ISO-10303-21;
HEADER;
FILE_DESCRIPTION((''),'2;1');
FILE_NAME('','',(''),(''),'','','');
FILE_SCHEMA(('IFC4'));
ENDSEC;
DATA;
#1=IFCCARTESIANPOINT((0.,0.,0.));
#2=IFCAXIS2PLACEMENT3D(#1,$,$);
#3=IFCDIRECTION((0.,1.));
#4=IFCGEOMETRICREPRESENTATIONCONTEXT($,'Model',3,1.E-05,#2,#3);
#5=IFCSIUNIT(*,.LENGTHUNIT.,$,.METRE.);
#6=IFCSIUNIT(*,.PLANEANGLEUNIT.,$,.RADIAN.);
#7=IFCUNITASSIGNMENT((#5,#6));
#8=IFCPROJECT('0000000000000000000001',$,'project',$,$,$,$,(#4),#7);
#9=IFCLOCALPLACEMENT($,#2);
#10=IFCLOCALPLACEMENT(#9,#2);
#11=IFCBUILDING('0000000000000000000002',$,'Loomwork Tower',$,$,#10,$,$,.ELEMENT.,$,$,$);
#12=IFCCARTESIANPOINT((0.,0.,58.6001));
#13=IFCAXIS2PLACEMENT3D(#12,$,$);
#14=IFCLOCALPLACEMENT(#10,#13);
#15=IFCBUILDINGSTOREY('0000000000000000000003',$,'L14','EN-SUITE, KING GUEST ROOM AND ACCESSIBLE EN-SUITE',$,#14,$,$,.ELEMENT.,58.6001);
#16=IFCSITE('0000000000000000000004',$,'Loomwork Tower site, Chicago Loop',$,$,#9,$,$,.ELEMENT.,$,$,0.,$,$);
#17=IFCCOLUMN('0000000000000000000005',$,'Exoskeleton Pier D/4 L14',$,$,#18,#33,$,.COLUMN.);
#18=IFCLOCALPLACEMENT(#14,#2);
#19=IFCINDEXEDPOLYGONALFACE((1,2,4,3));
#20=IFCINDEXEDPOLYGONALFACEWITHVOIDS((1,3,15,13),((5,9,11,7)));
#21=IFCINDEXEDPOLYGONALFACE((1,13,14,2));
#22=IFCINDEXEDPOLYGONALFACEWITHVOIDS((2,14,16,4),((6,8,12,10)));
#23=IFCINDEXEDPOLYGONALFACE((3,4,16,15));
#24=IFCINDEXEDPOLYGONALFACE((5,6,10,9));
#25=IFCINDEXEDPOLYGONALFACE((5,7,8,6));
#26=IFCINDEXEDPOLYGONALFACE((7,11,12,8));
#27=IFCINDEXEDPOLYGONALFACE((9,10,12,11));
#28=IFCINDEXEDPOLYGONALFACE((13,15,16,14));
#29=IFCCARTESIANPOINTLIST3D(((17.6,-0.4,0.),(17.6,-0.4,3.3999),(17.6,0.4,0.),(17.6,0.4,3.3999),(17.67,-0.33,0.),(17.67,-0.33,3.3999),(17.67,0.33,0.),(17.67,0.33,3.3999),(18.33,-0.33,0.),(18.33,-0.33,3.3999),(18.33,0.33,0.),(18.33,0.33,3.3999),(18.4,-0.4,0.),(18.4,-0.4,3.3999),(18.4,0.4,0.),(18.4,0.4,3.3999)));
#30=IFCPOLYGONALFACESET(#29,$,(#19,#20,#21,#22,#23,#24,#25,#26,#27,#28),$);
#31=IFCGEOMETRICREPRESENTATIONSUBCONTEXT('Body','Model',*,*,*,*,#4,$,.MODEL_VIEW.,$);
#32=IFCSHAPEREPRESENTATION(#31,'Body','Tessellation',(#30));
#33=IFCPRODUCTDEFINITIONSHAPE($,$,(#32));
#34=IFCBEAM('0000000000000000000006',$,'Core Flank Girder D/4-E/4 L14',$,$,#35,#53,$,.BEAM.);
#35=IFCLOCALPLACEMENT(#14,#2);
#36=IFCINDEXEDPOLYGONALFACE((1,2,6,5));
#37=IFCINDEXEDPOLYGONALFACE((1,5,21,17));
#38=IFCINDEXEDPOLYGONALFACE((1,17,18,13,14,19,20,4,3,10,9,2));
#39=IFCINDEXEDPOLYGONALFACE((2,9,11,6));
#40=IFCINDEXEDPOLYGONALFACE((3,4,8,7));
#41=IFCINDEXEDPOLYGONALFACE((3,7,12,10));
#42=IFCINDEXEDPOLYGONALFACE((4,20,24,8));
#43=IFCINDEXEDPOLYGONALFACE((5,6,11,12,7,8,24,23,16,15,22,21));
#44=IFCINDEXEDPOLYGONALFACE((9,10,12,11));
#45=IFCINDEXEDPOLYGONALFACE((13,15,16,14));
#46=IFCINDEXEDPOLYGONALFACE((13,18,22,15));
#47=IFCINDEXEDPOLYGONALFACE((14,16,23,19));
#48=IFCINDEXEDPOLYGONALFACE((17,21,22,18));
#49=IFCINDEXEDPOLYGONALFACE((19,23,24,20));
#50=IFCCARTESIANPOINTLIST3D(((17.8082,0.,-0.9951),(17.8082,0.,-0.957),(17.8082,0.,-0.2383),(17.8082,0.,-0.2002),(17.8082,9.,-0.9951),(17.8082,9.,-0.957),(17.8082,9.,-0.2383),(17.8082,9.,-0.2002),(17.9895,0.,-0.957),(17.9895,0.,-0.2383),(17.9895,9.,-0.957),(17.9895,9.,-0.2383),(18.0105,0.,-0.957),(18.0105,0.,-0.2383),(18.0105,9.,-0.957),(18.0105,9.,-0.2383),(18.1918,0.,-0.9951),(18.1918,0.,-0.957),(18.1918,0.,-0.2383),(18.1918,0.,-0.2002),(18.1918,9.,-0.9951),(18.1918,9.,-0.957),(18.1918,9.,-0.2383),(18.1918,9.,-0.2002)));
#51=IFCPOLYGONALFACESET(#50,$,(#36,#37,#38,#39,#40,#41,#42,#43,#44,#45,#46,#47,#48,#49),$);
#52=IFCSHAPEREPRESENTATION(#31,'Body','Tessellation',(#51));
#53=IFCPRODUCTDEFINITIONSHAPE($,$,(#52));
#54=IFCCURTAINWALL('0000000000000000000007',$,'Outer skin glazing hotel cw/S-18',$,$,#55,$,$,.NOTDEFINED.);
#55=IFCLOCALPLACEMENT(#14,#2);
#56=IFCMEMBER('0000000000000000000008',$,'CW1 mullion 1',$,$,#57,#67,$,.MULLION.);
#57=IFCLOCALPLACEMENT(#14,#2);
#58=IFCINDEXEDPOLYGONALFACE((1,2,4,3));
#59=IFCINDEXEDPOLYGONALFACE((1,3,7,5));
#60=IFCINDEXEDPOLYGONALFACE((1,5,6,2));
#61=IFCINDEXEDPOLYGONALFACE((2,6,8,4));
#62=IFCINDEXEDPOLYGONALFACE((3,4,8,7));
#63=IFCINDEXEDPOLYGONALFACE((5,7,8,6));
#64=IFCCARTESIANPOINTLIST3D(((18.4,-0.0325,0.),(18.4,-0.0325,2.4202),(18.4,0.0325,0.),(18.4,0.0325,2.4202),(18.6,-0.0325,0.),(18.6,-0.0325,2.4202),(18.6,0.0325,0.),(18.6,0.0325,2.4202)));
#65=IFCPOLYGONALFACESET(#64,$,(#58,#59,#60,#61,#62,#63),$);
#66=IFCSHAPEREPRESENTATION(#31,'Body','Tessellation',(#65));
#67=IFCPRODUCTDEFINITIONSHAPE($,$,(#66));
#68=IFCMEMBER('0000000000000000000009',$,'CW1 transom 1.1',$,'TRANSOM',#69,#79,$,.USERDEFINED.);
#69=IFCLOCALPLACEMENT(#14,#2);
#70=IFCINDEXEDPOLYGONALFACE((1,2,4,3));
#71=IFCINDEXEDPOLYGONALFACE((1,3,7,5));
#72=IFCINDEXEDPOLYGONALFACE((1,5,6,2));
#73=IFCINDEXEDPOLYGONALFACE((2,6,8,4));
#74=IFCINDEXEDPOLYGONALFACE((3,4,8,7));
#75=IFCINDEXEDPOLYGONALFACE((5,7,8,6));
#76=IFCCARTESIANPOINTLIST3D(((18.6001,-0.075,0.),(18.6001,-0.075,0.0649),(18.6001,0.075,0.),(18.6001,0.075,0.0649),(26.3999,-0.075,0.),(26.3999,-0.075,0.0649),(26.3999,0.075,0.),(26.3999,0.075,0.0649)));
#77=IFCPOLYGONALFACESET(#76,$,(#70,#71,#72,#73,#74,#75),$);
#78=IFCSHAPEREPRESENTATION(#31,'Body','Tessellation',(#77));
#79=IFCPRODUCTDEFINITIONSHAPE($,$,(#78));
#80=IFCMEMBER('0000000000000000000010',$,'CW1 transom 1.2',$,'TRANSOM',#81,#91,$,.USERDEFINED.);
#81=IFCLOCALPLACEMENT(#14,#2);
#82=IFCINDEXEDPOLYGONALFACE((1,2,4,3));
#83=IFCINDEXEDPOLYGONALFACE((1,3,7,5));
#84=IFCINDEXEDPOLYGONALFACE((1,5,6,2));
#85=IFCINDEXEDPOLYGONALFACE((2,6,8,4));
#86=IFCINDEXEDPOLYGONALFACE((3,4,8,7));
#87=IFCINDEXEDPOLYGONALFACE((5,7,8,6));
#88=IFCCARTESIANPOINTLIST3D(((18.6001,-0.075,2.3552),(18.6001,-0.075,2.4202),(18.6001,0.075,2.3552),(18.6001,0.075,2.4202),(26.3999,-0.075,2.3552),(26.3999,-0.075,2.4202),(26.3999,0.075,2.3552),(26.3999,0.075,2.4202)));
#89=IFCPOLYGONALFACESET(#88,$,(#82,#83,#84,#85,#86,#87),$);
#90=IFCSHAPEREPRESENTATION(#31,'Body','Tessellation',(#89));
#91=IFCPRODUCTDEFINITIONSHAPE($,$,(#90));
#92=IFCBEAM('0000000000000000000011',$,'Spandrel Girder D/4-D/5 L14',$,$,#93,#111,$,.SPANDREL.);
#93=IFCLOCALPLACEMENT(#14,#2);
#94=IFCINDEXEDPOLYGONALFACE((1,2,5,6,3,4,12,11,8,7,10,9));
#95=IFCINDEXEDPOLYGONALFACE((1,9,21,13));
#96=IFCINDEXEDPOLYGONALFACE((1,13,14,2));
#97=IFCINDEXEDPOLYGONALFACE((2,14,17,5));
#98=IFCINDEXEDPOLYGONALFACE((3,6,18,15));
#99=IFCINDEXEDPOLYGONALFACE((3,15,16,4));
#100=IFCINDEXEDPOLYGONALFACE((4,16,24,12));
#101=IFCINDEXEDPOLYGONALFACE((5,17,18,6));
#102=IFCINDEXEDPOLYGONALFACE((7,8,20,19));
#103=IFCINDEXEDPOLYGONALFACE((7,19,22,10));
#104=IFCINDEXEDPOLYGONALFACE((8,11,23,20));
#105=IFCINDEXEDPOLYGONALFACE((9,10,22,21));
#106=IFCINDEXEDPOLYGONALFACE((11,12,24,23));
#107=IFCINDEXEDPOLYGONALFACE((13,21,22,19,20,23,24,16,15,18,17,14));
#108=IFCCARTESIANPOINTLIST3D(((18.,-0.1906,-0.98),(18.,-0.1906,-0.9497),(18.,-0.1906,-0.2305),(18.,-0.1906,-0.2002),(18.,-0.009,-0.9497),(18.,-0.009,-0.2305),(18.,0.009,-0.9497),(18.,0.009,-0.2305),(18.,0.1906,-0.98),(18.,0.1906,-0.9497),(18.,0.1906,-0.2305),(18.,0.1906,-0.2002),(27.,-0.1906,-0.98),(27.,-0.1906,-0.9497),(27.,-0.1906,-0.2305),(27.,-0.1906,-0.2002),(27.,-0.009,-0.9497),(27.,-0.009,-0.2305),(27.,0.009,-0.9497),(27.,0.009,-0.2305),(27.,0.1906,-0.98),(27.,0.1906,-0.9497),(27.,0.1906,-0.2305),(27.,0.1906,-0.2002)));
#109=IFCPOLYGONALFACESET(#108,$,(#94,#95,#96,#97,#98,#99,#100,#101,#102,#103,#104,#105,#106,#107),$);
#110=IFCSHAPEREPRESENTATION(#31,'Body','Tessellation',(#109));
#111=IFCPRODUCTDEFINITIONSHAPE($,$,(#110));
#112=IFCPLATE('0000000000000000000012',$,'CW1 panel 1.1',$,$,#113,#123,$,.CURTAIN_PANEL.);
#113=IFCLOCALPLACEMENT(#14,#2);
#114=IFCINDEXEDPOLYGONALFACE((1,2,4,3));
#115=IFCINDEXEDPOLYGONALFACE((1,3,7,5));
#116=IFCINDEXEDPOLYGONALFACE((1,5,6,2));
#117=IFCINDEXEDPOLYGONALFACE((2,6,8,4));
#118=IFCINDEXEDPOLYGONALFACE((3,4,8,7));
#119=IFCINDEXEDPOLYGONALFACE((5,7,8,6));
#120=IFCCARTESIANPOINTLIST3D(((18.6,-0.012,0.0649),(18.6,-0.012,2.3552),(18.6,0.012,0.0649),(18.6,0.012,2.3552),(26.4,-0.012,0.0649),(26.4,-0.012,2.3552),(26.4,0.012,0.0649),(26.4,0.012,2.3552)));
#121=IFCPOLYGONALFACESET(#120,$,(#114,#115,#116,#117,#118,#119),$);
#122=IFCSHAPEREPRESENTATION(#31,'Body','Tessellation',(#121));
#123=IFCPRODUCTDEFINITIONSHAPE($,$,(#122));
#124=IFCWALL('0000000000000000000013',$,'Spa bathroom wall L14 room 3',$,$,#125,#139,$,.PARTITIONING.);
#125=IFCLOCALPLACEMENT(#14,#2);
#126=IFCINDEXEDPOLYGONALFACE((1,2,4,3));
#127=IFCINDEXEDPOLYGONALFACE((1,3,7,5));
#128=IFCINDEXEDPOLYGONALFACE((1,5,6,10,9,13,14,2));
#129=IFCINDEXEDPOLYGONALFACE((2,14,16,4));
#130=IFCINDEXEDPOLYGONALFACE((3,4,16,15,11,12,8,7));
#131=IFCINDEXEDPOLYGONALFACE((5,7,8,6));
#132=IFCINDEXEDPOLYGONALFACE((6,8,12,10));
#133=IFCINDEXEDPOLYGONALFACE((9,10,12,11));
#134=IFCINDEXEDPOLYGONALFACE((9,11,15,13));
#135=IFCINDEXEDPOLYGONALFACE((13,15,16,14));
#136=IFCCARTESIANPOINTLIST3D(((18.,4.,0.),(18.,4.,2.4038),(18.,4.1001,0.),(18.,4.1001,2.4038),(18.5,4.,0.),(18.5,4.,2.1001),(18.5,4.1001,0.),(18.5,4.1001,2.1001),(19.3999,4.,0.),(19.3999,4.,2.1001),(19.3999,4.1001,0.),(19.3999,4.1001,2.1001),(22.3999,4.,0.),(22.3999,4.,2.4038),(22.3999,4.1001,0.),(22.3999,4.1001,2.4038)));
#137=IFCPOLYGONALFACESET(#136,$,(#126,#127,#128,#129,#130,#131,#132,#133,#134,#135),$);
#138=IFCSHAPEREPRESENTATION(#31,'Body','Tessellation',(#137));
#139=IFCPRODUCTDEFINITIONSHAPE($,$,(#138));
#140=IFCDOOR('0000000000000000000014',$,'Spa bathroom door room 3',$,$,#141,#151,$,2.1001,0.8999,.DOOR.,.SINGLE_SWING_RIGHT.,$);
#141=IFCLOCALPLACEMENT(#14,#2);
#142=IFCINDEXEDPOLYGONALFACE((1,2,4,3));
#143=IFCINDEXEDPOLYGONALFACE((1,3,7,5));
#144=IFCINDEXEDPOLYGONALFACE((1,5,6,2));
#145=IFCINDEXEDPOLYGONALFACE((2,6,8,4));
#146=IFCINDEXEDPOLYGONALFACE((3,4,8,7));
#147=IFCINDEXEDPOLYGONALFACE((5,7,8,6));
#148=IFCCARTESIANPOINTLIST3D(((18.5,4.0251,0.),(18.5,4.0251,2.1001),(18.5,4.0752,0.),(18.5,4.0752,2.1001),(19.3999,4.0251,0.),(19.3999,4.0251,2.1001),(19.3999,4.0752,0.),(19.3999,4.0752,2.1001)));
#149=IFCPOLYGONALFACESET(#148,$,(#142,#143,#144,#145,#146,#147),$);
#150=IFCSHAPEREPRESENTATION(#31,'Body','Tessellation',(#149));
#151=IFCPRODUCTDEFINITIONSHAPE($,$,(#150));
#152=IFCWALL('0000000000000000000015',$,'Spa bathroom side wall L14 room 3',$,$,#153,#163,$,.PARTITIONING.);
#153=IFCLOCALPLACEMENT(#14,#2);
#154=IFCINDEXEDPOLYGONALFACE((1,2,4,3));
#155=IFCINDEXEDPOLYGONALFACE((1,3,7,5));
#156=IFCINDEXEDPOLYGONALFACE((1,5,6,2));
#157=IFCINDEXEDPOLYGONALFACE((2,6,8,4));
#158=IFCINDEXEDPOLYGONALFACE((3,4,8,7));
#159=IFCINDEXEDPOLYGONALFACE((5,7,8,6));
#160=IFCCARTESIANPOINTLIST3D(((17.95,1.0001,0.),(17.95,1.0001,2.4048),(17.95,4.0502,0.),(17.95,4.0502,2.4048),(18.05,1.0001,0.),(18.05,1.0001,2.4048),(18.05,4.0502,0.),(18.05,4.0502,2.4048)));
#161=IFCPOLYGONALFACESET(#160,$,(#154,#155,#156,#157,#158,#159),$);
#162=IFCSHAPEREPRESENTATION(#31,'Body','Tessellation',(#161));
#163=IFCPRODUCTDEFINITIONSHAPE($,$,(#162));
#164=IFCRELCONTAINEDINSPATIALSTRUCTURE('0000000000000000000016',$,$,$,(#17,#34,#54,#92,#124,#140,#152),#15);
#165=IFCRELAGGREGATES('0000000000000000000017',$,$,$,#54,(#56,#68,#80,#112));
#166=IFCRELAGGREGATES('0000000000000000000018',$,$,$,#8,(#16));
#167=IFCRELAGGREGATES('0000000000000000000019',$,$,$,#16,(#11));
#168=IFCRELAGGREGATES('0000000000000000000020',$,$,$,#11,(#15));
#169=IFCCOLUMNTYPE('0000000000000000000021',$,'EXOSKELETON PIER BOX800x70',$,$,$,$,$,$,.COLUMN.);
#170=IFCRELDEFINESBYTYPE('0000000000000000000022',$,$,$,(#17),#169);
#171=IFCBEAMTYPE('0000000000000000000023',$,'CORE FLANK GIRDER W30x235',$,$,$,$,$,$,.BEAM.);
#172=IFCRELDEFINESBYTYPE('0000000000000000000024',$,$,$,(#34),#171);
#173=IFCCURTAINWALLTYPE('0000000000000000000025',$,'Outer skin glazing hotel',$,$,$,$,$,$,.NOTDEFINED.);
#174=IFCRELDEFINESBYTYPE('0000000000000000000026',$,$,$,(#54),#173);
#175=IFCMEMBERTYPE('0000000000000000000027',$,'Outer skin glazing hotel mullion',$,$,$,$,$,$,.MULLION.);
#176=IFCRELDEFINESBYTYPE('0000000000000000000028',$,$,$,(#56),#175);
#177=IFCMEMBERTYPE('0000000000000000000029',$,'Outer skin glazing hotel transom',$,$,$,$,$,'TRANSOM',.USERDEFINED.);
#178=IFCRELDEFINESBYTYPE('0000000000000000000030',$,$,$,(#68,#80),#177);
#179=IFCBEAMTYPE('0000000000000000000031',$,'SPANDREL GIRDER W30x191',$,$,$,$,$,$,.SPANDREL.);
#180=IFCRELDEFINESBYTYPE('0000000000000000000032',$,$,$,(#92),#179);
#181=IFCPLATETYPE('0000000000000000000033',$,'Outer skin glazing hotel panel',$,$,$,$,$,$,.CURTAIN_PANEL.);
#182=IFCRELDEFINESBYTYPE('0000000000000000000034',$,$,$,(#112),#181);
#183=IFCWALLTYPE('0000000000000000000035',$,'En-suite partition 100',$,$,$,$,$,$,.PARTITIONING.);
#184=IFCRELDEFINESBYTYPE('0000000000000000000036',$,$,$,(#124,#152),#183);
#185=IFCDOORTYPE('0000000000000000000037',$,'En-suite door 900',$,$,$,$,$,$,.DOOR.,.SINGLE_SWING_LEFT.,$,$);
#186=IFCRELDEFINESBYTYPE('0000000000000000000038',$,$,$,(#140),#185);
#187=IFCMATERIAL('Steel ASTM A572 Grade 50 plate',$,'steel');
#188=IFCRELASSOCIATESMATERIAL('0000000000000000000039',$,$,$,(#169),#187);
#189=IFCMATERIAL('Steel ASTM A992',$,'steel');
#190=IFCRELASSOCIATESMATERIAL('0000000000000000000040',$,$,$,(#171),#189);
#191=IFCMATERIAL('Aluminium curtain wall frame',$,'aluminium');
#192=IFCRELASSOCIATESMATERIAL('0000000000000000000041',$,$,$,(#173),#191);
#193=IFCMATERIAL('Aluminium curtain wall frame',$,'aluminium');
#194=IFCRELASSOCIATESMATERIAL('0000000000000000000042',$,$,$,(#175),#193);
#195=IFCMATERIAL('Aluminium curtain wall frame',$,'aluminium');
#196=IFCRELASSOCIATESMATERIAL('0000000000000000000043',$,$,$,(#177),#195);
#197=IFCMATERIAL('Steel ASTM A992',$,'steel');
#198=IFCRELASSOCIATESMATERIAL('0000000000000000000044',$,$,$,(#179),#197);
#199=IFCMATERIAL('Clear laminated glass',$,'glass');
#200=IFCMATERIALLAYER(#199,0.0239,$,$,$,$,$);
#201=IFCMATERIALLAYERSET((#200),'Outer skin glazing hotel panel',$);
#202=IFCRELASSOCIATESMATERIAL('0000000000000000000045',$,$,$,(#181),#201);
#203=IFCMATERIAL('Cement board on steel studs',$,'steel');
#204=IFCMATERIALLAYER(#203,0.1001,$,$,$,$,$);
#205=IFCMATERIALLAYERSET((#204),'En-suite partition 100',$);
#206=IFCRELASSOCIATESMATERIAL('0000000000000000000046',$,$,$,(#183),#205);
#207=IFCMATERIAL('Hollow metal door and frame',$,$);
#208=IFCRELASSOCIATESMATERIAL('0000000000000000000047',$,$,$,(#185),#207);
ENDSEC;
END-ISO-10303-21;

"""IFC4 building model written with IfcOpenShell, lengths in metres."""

from ifc_helpers import new_model, si_unit, direction, frame, frame_2d, origin, origin_2d, place, context, subcontext, project, spatial, rectangle, hollow_rectangle, i_section, extrude, material, layer, layer_set, material_profile, profile_set, type_object, element, fill, aggregate, save


model = new_model("IFC4")

# Units and contexts
model_context = context("Model", 3, precision=1e-05, world=origin(), true_north=direction((0.0, 1.0)))
body_context = subcontext(model_context, "Body", "Model", "MODEL_VIEW")
ifc_project = project(units=[si_unit("LENGTHUNIT", "METRE"), si_unit("PLANEANGLEUNIT", "RADIAN")], contexts=[model_context])

# Site, building, storey
site_placement = place(None, origin())
site = spatial("IfcSite", under=ifc_project, at=site_placement, Name="Loomwork Tower site, Chicago Loop", CompositionType="ELEMENT", RefElevation=0.0)
building_placement = place(site_placement, origin())
building = spatial("IfcBuilding", under=site, at=building_placement, Name="Loomwork Tower", CompositionType="ELEMENT")
storey_placement = place(building_placement, frame((0.0, 0.0, 58.6001)))
storey = spatial("IfcBuildingStorey", under=building, at=storey_placement, Name="L14", Description="EN-SUITE, KING GUEST ROOM AND ACCESSIBLE EN-SUITE", CompositionType="ELEMENT", Elevation=58.6001)

# Column
ifc_material_1 = material(Name="Steel ASTM A572 Grade 50 plate", Category="steel")
ifc_material_profile_1 = material_profile(ifc_material_1, hollow_rectangle(XDim=0.8, YDim=0.8, WallThickness=0.0701, at=origin_2d()), Name="BOX800x70")
ifc_profile_set_1 = profile_set([ifc_material_profile_1], Name="Steel ASTM A572 Grade 50 plate")
column_type = type_object("IfcColumnType", Name="EXOSKELETON PIER BOX800x70", PredefinedType="COLUMN", material=ifc_profile_set_1)
column_placement = place(storey_placement, frame((18.0, 0.0, 0.0), z_axis=(0.0, 0.0, 1.0), x_axis=(1.0, 0.0, 0.0)))
element("IfcColumn", 1, at=column_placement, inside=storey, type_object=column_type, Name="Exoskeleton Pier D/4 L14", PredefinedType="COLUMN", context=body_context, shape_type="SweptSolid", body=[
    extrude(hollow_rectangle(XDim=0.8, YDim=0.8, WallThickness=0.0701, at=origin_2d()), origin(), (0.0, 0.0, 1.0), 3.3999),
])

# Beam
ifc_material_2 = material(Name="Steel ASTM A992", Category="steel")
ifc_material_profile_2 = material_profile(ifc_material_2, i_section(OverallWidth=0.3835, OverallDepth=0.7949, WebThickness=0.021, FlangeThickness=0.0381, at=origin_2d()), Name="W30x235")
ifc_profile_set_2 = profile_set([ifc_material_profile_2], Name="Steel ASTM A992")
beam_type_1 = type_object("IfcBeamType", Name="CORE FLANK GIRDER W30x235", PredefinedType="BEAM", material=ifc_profile_set_2)
beam_1_placement = place(storey_placement, frame((18.0, 0.0, -0.5977), z_axis=(0.0, 1.0, 0.0), x_axis=(-1.0, 0.0, 0.0)))
element("IfcBeam", 2, at=beam_1_placement, inside=storey, type_object=beam_type_1, Name="Core Flank Girder D/4-E/4 L14", PredefinedType="BEAM", context=body_context, shape_type="SweptSolid", body=[
    extrude(i_section(OverallWidth=0.3835, OverallDepth=0.7949, WebThickness=0.021, FlangeThickness=0.0381, at=origin_2d()), origin(), (0.0, 0.0, 1.0), 9.0),
])

# Curtain wall, members
ifc_material_3 = material(Name="Aluminium curtain wall frame", Category="aluminium")
curtain_wall_type = type_object("IfcCurtainWallType", Name="Outer skin glazing hotel", PredefinedType="NOTDEFINED", material=ifc_material_3)
curtain_wall_placement = place(storey_placement, origin())
curtain_wall = element("IfcCurtainWall", 3, at=curtain_wall_placement, inside=storey, type_object=curtain_wall_type, Name="Outer skin glazing hotel cw/S-18", PredefinedType="NOTDEFINED")
ifc_material_4 = material(Name="Aluminium curtain wall frame", Category="aluminium")
ifc_material_profile_3 = material_profile(ifc_material_4, rectangle(XDim=0.0649, YDim=0.2, at=origin_2d()), Name="AL 65x200")
ifc_profile_set_3 = profile_set([ifc_material_profile_3], Name="Aluminium curtain wall frame")
member_type_1 = type_object("IfcMemberType", Name="Outer skin glazing hotel mullion", PredefinedType="MULLION", material=ifc_profile_set_3)
member_1_placement = place(storey_placement, frame((18.5, 0.0, 0.0), z_axis=(0.0, 0.0, 1.0), x_axis=(0.0, 1.0, 0.0)))
member_1 = element("IfcMember", 4, at=member_1_placement, type_object=member_type_1, Name="CW1 mullion 1", PredefinedType="MULLION", context=body_context, shape_type="SweptSolid", body=[
    extrude(rectangle(XDim=0.0649, YDim=0.2, at=origin_2d()), origin(), (0.0, 0.0, 1.0), 2.4202),
])
ifc_material_5 = material(Name="Aluminium curtain wall frame", Category="aluminium")
ifc_material_profile_4 = material_profile(ifc_material_5, rectangle(XDim=0.1499, YDim=0.0649, at=origin_2d()), Name="AL 65x150")
ifc_profile_set_4 = profile_set([ifc_material_profile_4], Name="Aluminium curtain wall frame")
member_type_2 = type_object("IfcMemberType", Name="Outer skin glazing hotel transom", ElementType="TRANSOM", PredefinedType="USERDEFINED", material=ifc_profile_set_4)
member_2_placement = place(storey_placement, frame((18.6001, 0.0, 0.0325), z_axis=(1.0, 0.0, 0.0), x_axis=(0.0, 1.0, 0.0)))
member_2 = element("IfcMember", 5, at=member_2_placement, type_object=member_type_2, Name="CW1 transom 1.1", ObjectType="TRANSOM", PredefinedType="USERDEFINED", context=body_context, shape_type="SweptSolid", body=[
    extrude(rectangle(XDim=0.1499, YDim=0.0649, at=origin_2d()), origin(), (0.0, 0.0, 1.0), 7.7998),
])
member_3_placement = place(storey_placement, frame((18.6001, 0.0, 2.3877), z_axis=(1.0, 0.0, 0.0), x_axis=(0.0, 1.0, 0.0)))
member_3 = element("IfcMember", 6, at=member_3_placement, type_object=member_type_2, Name="CW1 transom 1.2", ObjectType="TRANSOM", PredefinedType="USERDEFINED", context=body_context, shape_type="SweptSolid", body=[
    extrude(rectangle(XDim=0.1499, YDim=0.0649, at=origin_2d()), origin(), (0.0, 0.0, 1.0), 7.7998),
])

# Beam
ifc_material_6 = material(Name="Steel ASTM A992", Category="steel")
ifc_material_profile_5 = material_profile(ifc_material_6, i_section(OverallWidth=0.3811, OverallDepth=0.7798, WebThickness=0.0181, FlangeThickness=0.0303, at=origin_2d()), Name="W30x191")
ifc_profile_set_5 = profile_set([ifc_material_profile_5], Name="Steel ASTM A992")
beam_type_2 = type_object("IfcBeamType", Name="SPANDREL GIRDER W30x191", PredefinedType="SPANDREL", material=ifc_profile_set_5)
beam_2_placement = place(storey_placement, frame((18.0, 0.0, -0.5901), z_axis=(1.0, 0.0, 0.0), x_axis=(0.0, 1.0, 0.0)))
element("IfcBeam", 7, at=beam_2_placement, inside=storey, type_object=beam_type_2, Name="Spandrel Girder D/4-D/5 L14", PredefinedType="SPANDREL", context=body_context, shape_type="SweptSolid", body=[
    extrude(i_section(OverallWidth=0.3811, OverallDepth=0.7798, WebThickness=0.0181, FlangeThickness=0.0303, at=origin_2d()), origin(), (0.0, 0.0, 1.0), 9.0),
])

# Plate
ifc_material_7 = material(Name="Clear laminated glass", Category="glass")
ifc_layer_1 = layer(ifc_material_7, 0.0239)
ifc_layer_set_1 = layer_set([ifc_layer_1], Name="Outer skin glazing hotel panel")
plate_type = type_object("IfcPlateType", Name="Outer skin glazing hotel panel", PredefinedType="CURTAIN_PANEL", material=ifc_layer_set_1)
plate_placement = place(storey_placement, frame((22.5, 0.0, 0.0649), z_axis=(0.0, 0.0, 1.0), x_axis=(1.0, 0.0, 0.0)))
plate = element("IfcPlate", 8, at=plate_placement, type_object=plate_type, Name="CW1 panel 1.1", PredefinedType="CURTAIN_PANEL", context=body_context, shape_type="SweptSolid", body=[
    extrude(rectangle(XDim=7.8, YDim=0.0239, at=origin_2d()), origin(), (0.0, 0.0, 1.0), 2.2903),
])
aggregate(curtain_wall, [member_1, member_2, member_3, plate])

# Wall, opening, door
ifc_material_8 = material(Name="Cement board on steel studs", Category="steel")
ifc_layer_2 = layer(ifc_material_8, 0.1001)
ifc_layer_set_2 = layer_set([ifc_layer_2], Name="En-suite partition 100")
wall_type_1 = type_object("IfcWallType", Name="En-suite partition 100", PredefinedType="PARTITIONING", material=ifc_layer_set_2)
wall_1_placement = place(storey_placement, frame((18.0, 4.05, 0.0), z_axis=(0.0, 0.0, 1.0), x_axis=(1.0, 0.0, 0.0)))
wall_1 = element("IfcWall", 9, at=wall_1_placement, inside=storey, type_object=wall_type_1, Name="Spa bathroom wall L14 room 3", PredefinedType="PARTITIONING", context=body_context, shape_type="SweptSolid", body=[
    extrude(rectangle(XDim=4.3999, YDim=0.1001, at=frame_2d((2.2, 0.0))), origin(), (0.0, 0.0, 1.0), 2.4038),
])
opening_1_placement = place(wall_1_placement, frame((0.5, 0.0, 0.0)))
opening_1 = element("IfcOpeningElement", 10, at=opening_1_placement, cuts=wall_1, PredefinedType="OPENING", context=body_context, shape_type="SweptSolid", body=[
    extrude(rectangle(XDim=0.8999, YDim=2.1001, at=frame_2d((0.45, 1.05))), frame((0.0, 0.0601, 0.0), z_axis=(0.0, -1.0, 0.0), x_axis=(1.0, 0.0, 0.0)), (0.0, 0.0, 1.0), 0.1201),
])
ifc_material_9 = material(Name="Hollow metal door and frame")
door_type = type_object("IfcDoorType", Name="En-suite door 900", OperationType="SINGLE_SWING_LEFT", PredefinedType="DOOR", material=ifc_material_9)
door_placement = place(opening_1_placement, frame((0.8999, 0.0, 0.0), z_axis=(0.0, 0.0, 1.0), x_axis=(-1.0, 0.0, 0.0)))
door = element("IfcDoor", 11, at=door_placement, inside=storey, type_object=door_type, Name="Spa bathroom door room 3", OperationType="SINGLE_SWING_RIGHT", OverallHeight=2.1001, OverallWidth=0.8999, PredefinedType="DOOR", context=body_context, shape_type="SweptSolid", body=[
    extrude(rectangle(XDim=0.8999, YDim=2.1001, at=frame_2d((0.45, 1.05))), frame((0.0, 0.0249, 0.0), z_axis=(0.0, -1.0, 0.0), x_axis=(1.0, 0.0, 0.0)), (0.0, 0.0, 1.0), 0.05),
])
fill(opening_1, door)

# Wall
wall_2_placement = place(storey_placement, frame((18.0, 4.05, 0.0), z_axis=(0.0, 0.0, 1.0), x_axis=(0.0, -1.0, 0.0)))
element("IfcWall", 12, at=wall_2_placement, inside=storey, type_object=wall_type_1, Name="Spa bathroom side wall L14 room 3", PredefinedType="PARTITIONING", context=body_context, shape_type="SweptSolid", body=[
    extrude(rectangle(XDim=3.05, YDim=0.1001, at=frame_2d((1.5249, 0.0))), origin(), (0.0, 0.0, 1.0), 2.4048),
])

save(model, "model.ifc")
